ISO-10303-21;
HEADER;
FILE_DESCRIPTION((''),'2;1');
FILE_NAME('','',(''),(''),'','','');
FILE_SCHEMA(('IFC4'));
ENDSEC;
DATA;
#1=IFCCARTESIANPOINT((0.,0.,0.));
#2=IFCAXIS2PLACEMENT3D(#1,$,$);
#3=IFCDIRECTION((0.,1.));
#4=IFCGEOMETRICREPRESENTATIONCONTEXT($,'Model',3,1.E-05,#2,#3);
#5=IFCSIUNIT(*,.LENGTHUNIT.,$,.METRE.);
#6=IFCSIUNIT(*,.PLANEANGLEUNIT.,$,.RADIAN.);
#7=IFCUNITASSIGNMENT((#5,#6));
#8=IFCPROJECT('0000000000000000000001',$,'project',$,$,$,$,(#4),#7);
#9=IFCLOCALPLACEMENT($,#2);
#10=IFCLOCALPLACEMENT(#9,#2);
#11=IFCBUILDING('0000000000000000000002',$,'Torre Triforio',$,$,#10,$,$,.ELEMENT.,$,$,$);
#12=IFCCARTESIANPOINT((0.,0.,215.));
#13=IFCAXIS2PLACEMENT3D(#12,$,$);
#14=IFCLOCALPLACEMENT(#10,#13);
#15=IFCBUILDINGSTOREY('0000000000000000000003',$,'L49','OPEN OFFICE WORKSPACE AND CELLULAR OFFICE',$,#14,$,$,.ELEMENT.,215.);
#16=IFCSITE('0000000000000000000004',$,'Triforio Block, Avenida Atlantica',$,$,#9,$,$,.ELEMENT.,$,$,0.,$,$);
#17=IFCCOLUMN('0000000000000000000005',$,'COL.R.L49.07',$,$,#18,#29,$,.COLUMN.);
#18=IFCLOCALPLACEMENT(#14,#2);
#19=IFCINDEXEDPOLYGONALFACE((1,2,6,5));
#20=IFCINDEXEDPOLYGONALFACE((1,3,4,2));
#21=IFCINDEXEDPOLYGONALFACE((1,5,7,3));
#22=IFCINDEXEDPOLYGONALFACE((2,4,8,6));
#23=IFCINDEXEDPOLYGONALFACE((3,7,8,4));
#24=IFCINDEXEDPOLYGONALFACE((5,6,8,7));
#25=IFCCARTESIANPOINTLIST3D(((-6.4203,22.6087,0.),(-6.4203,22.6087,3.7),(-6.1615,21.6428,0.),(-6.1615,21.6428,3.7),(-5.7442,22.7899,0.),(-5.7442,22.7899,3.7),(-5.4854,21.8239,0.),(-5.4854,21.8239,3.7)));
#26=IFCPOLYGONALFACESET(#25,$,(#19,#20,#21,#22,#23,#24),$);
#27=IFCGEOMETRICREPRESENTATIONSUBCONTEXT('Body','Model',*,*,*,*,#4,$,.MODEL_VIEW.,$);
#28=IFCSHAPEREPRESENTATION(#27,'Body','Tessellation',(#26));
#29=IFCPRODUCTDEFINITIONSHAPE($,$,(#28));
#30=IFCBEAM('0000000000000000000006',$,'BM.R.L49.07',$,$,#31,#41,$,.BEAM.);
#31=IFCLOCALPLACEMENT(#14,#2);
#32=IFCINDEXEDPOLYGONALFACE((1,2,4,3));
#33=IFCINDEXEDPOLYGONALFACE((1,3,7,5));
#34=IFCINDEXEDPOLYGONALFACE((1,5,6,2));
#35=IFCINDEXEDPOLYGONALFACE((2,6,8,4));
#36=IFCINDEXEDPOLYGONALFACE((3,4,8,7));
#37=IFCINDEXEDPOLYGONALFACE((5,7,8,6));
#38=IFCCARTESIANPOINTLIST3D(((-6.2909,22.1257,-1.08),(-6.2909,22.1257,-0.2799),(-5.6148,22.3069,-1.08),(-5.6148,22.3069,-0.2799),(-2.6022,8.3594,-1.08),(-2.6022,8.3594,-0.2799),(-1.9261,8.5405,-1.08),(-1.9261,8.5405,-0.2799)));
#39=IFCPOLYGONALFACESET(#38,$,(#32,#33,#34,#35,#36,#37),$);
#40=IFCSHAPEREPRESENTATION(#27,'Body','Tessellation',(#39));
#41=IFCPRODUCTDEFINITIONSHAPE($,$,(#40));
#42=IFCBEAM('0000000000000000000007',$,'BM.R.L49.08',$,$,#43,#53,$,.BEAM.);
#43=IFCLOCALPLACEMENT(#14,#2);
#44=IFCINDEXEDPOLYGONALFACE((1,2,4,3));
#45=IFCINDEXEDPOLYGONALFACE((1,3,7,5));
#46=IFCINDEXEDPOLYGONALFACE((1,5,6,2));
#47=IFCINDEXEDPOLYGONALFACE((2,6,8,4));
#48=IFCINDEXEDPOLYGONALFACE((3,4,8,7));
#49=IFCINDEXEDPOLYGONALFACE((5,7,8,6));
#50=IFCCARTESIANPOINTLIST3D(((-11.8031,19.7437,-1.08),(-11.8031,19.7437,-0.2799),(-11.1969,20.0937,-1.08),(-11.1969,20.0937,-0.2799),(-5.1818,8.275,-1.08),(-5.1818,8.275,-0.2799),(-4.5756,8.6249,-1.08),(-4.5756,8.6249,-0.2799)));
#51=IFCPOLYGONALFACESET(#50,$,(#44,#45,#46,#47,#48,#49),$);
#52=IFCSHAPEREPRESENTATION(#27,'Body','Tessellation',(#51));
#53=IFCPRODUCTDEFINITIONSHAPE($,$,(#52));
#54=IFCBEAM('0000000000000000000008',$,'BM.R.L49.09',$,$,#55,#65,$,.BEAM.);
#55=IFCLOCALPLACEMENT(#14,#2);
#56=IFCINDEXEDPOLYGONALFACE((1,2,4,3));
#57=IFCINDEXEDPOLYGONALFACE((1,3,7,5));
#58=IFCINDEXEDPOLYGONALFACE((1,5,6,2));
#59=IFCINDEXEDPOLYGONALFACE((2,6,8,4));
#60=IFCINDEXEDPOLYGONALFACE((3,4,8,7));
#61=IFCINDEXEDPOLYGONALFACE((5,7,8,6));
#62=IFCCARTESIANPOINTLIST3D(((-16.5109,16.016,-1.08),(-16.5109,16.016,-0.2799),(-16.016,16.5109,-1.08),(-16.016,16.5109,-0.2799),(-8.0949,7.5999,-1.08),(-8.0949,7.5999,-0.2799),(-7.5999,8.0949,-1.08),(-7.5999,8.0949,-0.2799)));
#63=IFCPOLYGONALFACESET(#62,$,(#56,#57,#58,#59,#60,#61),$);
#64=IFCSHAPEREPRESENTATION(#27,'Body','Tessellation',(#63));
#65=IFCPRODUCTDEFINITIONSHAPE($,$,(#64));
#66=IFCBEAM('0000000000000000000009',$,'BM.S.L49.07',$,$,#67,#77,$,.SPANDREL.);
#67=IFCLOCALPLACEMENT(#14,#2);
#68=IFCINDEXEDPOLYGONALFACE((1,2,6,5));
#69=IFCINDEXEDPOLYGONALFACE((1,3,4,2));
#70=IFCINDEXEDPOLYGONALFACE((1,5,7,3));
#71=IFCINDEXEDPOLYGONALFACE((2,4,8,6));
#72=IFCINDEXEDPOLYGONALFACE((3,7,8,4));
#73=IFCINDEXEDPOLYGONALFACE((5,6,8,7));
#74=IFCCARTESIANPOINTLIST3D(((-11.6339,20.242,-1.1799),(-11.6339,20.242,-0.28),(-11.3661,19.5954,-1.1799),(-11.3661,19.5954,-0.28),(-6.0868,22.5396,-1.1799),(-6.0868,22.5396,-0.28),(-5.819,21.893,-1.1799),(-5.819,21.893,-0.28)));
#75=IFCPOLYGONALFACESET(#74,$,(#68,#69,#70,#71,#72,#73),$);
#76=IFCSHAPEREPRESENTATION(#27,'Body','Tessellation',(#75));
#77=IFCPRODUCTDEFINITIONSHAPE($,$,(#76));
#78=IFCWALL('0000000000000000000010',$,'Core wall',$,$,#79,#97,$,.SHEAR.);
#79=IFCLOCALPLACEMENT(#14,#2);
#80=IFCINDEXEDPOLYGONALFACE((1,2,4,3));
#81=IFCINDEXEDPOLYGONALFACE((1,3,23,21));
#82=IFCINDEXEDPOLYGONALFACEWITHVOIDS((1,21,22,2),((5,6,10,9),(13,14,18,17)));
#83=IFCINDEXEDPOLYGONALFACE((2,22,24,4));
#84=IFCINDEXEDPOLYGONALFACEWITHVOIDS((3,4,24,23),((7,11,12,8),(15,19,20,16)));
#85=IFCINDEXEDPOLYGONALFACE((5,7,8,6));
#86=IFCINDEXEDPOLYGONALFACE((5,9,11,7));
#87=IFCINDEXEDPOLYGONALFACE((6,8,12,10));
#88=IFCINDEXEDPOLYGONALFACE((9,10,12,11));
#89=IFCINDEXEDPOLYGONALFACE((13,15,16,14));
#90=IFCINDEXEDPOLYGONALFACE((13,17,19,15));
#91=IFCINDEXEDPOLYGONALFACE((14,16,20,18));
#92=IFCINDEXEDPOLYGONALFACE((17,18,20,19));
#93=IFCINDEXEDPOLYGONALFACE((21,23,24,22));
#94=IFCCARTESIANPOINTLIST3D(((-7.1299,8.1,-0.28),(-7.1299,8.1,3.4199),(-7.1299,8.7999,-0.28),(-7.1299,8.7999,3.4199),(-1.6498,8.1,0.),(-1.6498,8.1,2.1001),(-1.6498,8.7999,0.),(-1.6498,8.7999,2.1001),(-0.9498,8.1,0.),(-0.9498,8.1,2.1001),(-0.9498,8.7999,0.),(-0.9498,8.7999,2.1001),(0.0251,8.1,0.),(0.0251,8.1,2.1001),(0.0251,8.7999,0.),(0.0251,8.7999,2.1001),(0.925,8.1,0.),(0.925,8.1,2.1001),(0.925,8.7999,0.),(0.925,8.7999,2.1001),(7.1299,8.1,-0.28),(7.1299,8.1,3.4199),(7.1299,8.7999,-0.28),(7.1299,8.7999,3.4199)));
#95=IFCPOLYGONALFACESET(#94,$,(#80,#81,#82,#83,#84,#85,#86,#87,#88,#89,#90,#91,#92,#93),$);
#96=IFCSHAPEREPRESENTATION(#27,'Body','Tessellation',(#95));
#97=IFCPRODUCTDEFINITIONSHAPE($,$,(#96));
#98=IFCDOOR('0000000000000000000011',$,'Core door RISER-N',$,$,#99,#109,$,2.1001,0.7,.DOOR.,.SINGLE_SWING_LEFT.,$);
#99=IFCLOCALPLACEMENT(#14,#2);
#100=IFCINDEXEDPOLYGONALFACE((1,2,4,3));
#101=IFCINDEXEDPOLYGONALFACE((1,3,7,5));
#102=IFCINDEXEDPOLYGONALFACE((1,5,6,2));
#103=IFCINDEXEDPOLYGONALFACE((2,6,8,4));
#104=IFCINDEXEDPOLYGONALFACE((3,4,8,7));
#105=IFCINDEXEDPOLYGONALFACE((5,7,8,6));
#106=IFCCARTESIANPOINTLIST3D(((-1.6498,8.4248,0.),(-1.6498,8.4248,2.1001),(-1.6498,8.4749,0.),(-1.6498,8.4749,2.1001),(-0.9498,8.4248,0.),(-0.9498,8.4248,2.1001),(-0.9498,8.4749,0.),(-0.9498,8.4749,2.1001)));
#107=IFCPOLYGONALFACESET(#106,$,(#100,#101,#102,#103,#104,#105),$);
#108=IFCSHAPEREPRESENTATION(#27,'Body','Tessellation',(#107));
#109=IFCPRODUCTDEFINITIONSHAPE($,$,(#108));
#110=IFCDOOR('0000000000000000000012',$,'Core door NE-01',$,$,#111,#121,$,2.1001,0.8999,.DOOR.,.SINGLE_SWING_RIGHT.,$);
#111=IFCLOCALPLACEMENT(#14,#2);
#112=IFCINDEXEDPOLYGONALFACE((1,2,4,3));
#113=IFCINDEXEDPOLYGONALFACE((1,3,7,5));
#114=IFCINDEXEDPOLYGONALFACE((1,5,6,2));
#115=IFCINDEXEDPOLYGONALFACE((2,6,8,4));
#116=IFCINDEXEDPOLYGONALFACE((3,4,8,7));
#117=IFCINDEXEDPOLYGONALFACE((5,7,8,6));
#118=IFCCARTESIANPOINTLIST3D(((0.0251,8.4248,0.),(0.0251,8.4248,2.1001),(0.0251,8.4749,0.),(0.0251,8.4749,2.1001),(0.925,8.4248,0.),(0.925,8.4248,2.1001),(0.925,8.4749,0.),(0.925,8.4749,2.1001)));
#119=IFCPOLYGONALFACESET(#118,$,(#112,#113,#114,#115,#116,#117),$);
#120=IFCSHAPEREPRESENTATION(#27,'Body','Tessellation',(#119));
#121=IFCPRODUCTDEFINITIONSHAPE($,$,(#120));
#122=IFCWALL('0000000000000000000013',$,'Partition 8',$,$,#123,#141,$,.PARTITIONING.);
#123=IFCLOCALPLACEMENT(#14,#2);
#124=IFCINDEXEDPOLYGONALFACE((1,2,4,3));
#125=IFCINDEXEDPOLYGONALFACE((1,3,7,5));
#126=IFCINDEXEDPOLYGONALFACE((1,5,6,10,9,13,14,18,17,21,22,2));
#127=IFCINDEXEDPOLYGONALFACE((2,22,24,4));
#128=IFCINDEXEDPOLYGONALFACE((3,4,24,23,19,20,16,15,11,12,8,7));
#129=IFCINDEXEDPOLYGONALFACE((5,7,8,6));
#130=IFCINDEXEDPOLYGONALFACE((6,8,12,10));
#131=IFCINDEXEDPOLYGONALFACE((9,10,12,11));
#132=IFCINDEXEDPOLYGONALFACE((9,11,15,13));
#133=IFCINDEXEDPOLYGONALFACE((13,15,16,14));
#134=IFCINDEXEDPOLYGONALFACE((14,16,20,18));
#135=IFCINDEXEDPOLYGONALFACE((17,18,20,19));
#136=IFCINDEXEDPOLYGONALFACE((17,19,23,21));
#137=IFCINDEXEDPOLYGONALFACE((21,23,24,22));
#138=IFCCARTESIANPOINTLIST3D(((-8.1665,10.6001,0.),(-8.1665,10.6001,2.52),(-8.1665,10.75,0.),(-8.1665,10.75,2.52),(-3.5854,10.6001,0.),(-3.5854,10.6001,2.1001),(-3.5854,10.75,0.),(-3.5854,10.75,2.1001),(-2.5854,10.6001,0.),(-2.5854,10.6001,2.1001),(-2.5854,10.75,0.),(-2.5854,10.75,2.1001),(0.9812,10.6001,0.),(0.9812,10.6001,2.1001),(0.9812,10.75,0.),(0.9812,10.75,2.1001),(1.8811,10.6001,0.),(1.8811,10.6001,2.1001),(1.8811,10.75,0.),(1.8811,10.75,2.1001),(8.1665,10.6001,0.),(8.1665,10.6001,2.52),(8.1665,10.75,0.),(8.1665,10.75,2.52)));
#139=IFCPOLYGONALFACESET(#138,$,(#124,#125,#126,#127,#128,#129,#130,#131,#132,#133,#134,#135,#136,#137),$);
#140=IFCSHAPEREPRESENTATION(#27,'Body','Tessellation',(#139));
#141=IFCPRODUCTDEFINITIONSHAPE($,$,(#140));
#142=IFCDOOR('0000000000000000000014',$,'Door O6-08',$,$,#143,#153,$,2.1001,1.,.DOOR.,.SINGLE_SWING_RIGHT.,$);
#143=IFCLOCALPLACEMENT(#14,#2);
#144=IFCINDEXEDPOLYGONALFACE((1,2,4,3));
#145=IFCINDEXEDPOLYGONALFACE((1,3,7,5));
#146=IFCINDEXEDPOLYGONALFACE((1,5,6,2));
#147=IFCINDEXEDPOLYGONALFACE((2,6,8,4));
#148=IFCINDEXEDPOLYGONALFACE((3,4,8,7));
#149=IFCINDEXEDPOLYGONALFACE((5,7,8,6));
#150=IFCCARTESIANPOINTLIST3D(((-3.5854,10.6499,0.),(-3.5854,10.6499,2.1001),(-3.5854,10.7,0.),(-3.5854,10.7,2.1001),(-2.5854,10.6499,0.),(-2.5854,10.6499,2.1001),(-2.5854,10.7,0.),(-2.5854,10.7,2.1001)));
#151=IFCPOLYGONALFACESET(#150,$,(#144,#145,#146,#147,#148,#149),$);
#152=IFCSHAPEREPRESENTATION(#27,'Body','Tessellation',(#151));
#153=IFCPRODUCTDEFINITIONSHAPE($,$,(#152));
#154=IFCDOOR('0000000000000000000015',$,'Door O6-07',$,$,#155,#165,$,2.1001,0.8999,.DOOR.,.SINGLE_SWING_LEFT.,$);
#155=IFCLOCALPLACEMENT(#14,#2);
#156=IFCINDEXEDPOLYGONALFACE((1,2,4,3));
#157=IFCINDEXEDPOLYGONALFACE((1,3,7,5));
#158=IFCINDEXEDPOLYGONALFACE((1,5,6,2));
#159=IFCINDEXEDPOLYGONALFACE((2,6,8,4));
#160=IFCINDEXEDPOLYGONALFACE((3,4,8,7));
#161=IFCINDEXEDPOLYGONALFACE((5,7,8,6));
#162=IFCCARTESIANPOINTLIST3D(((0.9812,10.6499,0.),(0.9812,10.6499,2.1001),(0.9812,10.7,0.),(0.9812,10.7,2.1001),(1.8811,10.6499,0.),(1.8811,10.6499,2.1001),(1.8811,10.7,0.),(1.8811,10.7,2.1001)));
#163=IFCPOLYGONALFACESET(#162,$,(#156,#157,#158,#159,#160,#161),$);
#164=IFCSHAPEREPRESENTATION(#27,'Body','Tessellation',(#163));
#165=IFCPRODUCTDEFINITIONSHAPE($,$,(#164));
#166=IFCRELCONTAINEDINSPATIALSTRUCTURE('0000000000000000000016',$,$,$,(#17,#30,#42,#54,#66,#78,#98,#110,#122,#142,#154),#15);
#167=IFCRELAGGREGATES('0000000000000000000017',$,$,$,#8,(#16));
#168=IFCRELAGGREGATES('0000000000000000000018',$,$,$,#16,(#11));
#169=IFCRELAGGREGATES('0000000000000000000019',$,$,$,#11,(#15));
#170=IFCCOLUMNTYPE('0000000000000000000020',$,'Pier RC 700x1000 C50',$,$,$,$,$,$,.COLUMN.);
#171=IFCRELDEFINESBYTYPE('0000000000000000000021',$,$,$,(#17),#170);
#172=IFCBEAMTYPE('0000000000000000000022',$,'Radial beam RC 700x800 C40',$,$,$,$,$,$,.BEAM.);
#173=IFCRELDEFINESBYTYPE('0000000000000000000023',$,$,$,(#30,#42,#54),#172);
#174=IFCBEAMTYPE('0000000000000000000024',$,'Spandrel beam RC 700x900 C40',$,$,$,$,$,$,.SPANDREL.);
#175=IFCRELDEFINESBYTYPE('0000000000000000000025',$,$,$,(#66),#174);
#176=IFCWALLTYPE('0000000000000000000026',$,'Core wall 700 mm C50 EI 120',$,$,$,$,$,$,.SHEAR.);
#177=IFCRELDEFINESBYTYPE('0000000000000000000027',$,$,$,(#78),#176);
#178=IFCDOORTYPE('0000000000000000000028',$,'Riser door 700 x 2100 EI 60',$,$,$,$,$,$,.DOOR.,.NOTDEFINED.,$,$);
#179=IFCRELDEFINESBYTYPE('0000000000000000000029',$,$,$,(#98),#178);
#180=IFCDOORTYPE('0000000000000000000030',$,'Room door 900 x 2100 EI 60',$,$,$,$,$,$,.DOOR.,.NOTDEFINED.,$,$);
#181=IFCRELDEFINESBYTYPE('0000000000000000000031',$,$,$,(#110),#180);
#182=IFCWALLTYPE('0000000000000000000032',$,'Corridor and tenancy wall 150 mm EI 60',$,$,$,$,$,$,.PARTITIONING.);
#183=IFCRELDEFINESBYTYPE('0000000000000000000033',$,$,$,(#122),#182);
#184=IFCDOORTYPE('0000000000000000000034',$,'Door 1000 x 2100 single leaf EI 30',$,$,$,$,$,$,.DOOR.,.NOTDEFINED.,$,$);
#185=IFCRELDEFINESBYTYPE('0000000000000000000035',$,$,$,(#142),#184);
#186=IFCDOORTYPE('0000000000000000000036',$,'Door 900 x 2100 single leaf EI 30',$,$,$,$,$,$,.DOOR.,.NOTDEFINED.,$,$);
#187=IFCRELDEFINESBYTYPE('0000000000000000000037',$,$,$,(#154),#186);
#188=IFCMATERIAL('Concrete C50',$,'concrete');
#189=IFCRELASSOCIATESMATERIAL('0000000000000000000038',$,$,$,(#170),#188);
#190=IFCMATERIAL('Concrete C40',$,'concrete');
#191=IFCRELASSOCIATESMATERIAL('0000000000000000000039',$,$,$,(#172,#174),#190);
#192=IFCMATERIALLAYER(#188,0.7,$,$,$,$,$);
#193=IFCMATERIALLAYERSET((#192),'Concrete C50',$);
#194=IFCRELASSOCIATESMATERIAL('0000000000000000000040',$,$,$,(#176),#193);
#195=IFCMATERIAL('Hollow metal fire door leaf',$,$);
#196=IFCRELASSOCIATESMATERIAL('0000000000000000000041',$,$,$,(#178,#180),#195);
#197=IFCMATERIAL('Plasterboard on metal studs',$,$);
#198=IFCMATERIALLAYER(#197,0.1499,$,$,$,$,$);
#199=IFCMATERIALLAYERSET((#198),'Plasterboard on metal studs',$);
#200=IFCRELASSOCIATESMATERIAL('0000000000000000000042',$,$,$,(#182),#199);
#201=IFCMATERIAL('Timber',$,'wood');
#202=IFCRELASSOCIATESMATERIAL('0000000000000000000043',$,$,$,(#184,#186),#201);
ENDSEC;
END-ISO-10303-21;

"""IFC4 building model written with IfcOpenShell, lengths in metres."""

from ifc_helpers import new_model, si_unit, direction, frame, frame_2d, origin, origin_2d, place, context, subcontext, project, spatial, rectangle, extrude, material, layer, layer_set, material_profile, profile_set, type_object, element, fill, save


model = new_model("IFC4")

# Units and contexts
model_context = context("Model", 3, precision=1e-05, world=origin(), true_north=direction((0.0, 1.0)))
body_context = subcontext(model_context, "Body", "Model", "MODEL_VIEW")
ifc_project = project(units=[si_unit("LENGTHUNIT", "METRE"), si_unit("PLANEANGLEUNIT", "RADIAN")], contexts=[model_context])

# Site, building, storey
site_placement = place(None, origin())
site = spatial("IfcSite", under=ifc_project, at=site_placement, Name="Triforio Block, Avenida Atlantica", CompositionType="ELEMENT", RefElevation=0.0)
building_placement = place(site_placement, origin())
building = spatial("IfcBuilding", under=site, at=building_placement, Name="Torre Triforio", CompositionType="ELEMENT")
storey_placement = place(building_placement, frame((0.0, 0.0, 215.0)))
storey = spatial("IfcBuildingStorey", under=building, at=storey_placement, Name="L49", Description="OPEN OFFICE WORKSPACE AND CELLULAR OFFICE", CompositionType="ELEMENT", Elevation=215.0)

# Column
ifc_material_1 = material(Name="Concrete C50", Category="concrete")
ifc_material_profile_1 = material_profile(ifc_material_1, rectangle(XDim=0.7, YDim=1.0, at=origin_2d()), Name="RC 700x1000")
ifc_profile_set_1 = profile_set([ifc_material_profile_1], Name="Concrete C50")
column_type = type_object("IfcColumnType", Name="Pier RC 700x1000 C50", PredefinedType="COLUMN", material=ifc_profile_set_1)
column_placement = place(storey_placement, frame((-5.9529, 22.2163, 0.0), z_axis=(0.0, 0.0, 1.0), x_axis=(-0.965926, -0.258819, 0.0)))
element("IfcColumn", 1, at=column_placement, inside=storey, type_object=column_type, Name="COL.R.L49.07", PredefinedType="COLUMN", context=body_context, shape_type="SweptSolid", body=[
    extrude(rectangle(XDim=0.7, YDim=1.0, at=origin_2d()), origin(), (0.0, 0.0, 1.0), 3.7),
])

# Beams
ifc_material_2 = material(Name="Concrete C40", Category="concrete")
ifc_material_profile_2 = material_profile(ifc_material_2, rectangle(XDim=0.7, YDim=0.8, at=origin_2d()), Name="RC 700x800")
ifc_profile_set_2 = profile_set([ifc_material_profile_2], Name="Concrete C40")
beam_type_1 = type_object("IfcBeamType", Name="Radial beam RC 700x800 C40", PredefinedType="BEAM", material=ifc_profile_set_2)
beam_1_placement = place(storey_placement, frame((-2.2642, 8.45, -0.6799), z_axis=(-0.258821, 0.965925, 0.0), x_axis=(-0.965925, -0.258821, 0.0)))
element("IfcBeam", 2, at=beam_1_placement, inside=storey, type_object=beam_type_1, Name="BM.R.L49.07", PredefinedType="BEAM", context=body_context, shape_type="SweptSolid", body=[
    extrude(rectangle(XDim=0.7, YDim=0.8, at=origin_2d()), origin(), (0.0, 0.0, 1.0), 14.252),
])
beam_2_placement = place(storey_placement, frame((-4.8787, 8.45, -0.6799), z_axis=(-0.499992, 0.86603, 0.0), x_axis=(-0.86603, -0.499992, 0.0)))
element("IfcBeam", 3, at=beam_2_placement, inside=storey, type_object=beam_type_1, Name="BM.R.L49.08", PredefinedType="BEAM", context=body_context, shape_type="SweptSolid", body=[
    extrude(rectangle(XDim=0.7, YDim=0.8, at=origin_2d()), origin(), (0.0, 0.0, 1.0), 13.2429),
])
beam_3_placement = place(storey_placement, frame((-7.8474, 7.8474, -0.6799), z_axis=(-0.707107, 0.707107, 0.0), x_axis=(-0.707107, -0.707107, 0.0)))
element("IfcBeam", 4, at=beam_3_placement, inside=storey, type_object=beam_type_1, Name="BM.R.L49.09", PredefinedType="BEAM", context=body_context, shape_type="SweptSolid", body=[
    extrude(rectangle(XDim=0.7, YDim=0.8, at=origin_2d()), origin(), (0.0, 0.0, 1.0), 11.9021),
])
ifc_material_profile_3 = material_profile(ifc_material_2, rectangle(XDim=0.7, YDim=0.8999, at=origin_2d()), Name="RC 700x900")
ifc_profile_set_3 = profile_set([ifc_material_profile_3], Name="Concrete C40")
beam_type_2 = type_object("IfcBeamType", Name="Spandrel beam RC 700x900 C40", PredefinedType="SPANDREL", material=ifc_profile_set_3)
beam_4_placement = place(storey_placement, frame((-5.9529, 22.2163, -0.73), z_axis=(-0.923885, -0.382671, 0.0), x_axis=(0.382671, -0.923885, 0.0)))
element("IfcBeam", 5, at=beam_4_placement, inside=storey, type_object=beam_type_2, Name="BM.S.L49.07", PredefinedType="SPANDREL", context=body_context, shape_type="SweptSolid", body=[
    extrude(rectangle(XDim=0.7, YDim=0.8999, at=origin_2d()), origin(), (0.0, 0.0, 1.0), 6.0042),
])

# Walls, openings, doors
ifc_layer_1 = layer(ifc_material_1, 0.7)
ifc_layer_set_1 = layer_set([ifc_layer_1], Name="Concrete C50")
wall_type_1 = type_object("IfcWallType", Name="Core wall 700 mm C50 EI 120", PredefinedType="SHEAR", material=ifc_layer_set_1)
wall_1_placement = place(storey_placement, frame((-7.1299, 8.45, -0.28), z_axis=(0.0, 0.0, 1.0), x_axis=(1.0, 0.0, 0.0)))
wall_1 = element("IfcWall", 6, at=wall_1_placement, inside=storey, type_object=wall_type_1, Name="Core wall", PredefinedType="SHEAR", context=body_context, shape_type="SweptSolid", body=[
    extrude(rectangle(XDim=14.2598, YDim=0.7, at=frame_2d((7.1299, 0.0))), origin(), (0.0, 0.0, 1.0), 3.7),
])
opening_1_placement = place(wall_1_placement, frame((5.48, 0.0, 0.28)))
opening_1 = element("IfcOpeningElement", 7, at=opening_1_placement, cuts=wall_1, PredefinedType="OPENING", context=body_context, shape_type="SweptSolid", body=[
    extrude(rectangle(XDim=0.7, YDim=2.1001, at=frame_2d((0.3501, 1.05))), frame((0.0, 0.3599, 0.0), z_axis=(0.0, -1.0, 0.0), x_axis=(1.0, 0.0, 0.0)), (0.0, 0.0, 1.0), 0.72),
])
opening_2_placement = place(wall_1_placement, frame((7.155, 0.0, 0.28)))
opening_2 = element("IfcOpeningElement", 8, at=opening_2_placement, cuts=wall_1, PredefinedType="OPENING", context=body_context, shape_type="SweptSolid", body=[
    extrude(rectangle(XDim=0.8999, YDim=2.1001, at=frame_2d((0.45, 1.05))), frame((0.0, 0.3599, 0.0), z_axis=(0.0, -1.0, 0.0), x_axis=(1.0, 0.0, 0.0)), (0.0, 0.0, 1.0), 0.72),
])
ifc_material_3 = material(Name="Hollow metal fire door leaf")
door_type_1 = type_object("IfcDoorType", Name="Riser door 700 x 2100 EI 60", OperationType="NOTDEFINED", PredefinedType="DOOR", material=ifc_material_3)
door_1_placement = place(opening_1_placement, origin())
door_1 = element("IfcDoor", 9, at=door_1_placement, inside=storey, type_object=door_type_1, Name="Core door RISER-N", OperationType="SINGLE_SWING_LEFT", OverallHeight=2.1001, OverallWidth=0.7, PredefinedType="DOOR", context=body_context, shape_type="SweptSolid", body=[
    extrude(rectangle(XDim=0.7, YDim=2.1001, at=frame_2d((0.3501, 1.05))), frame((0.0, 0.0249, 0.0), z_axis=(0.0, -1.0, 0.0), x_axis=(1.0, 0.0, 0.0)), (0.0, 0.0, 1.0), 0.05),
])
fill(opening_1, door_1)
door_type_2 = type_object("IfcDoorType", Name="Room door 900 x 2100 EI 60", OperationType="NOTDEFINED", PredefinedType="DOOR", material=ifc_material_3)
door_2_placement = place(opening_2_placement, origin())
door_2 = element("IfcDoor", 10, at=door_2_placement, inside=storey, type_object=door_type_2, Name="Core door NE-01", OperationType="SINGLE_SWING_RIGHT", OverallHeight=2.1001, OverallWidth=0.8999, PredefinedType="DOOR", context=body_context, shape_type="SweptSolid", body=[
    extrude(rectangle(XDim=0.8999, YDim=2.1001, at=frame_2d((0.45, 1.05))), frame((0.0, 0.0249, 0.0), z_axis=(0.0, -1.0, 0.0), x_axis=(1.0, 0.0, 0.0)), (0.0, 0.0, 1.0), 0.05),
])
fill(opening_2, door_2)
ifc_material_4 = material(Name="Plasterboard on metal studs")
ifc_layer_2 = layer(ifc_material_4, 0.1499)
ifc_layer_set_2 = layer_set([ifc_layer_2], Name="Plasterboard on metal studs")
wall_type_2 = type_object("IfcWallType", Name="Corridor and tenancy wall 150 mm EI 60", PredefinedType="PARTITIONING", material=ifc_layer_set_2)
wall_2_placement = place(storey_placement, frame((-8.1665, 10.675, 0.0), z_axis=(0.0, 0.0, 1.0), x_axis=(1.0, 0.0, 0.0)))
wall_2 = element("IfcWall", 11, at=wall_2_placement, inside=storey, type_object=wall_type_2, Name="Partition 8", PredefinedType="PARTITIONING", context=body_context, shape_type="SweptSolid", body=[
    extrude(rectangle(XDim=16.333, YDim=0.1499, at=frame_2d((8.1665, 0.0))), origin(), (0.0, 0.0, 1.0), 2.52),
])
opening_3_placement = place(wall_2_placement, frame((9.1477, 0.0, 0.0)))
opening_3 = element("IfcOpeningElement", 12, at=opening_3_placement, cuts=wall_2, PredefinedType="OPENING", context=body_context, shape_type="SweptSolid", body=[
    extrude(rectangle(XDim=0.8999, YDim=2.1001, at=frame_2d((0.45, 1.05))), frame((0.0, 0.085, 0.0), z_axis=(0.0, -1.0, 0.0), x_axis=(1.0, 0.0, 0.0)), (0.0, 0.0, 1.0), 0.1699),
])
opening_4_placement = place(wall_2_placement, frame((4.5811, 0.0, 0.0)))
opening_4 = element("IfcOpeningElement", 13, at=opening_4_placement, cuts=wall_2, PredefinedType="OPENING", context=body_context, shape_type="SweptSolid", body=[
    extrude(rectangle(XDim=1.0, YDim=2.1001, at=frame_2d((0.5, 1.05))), frame((0.0, 0.085, 0.0), z_axis=(0.0, -1.0, 0.0), x_axis=(1.0, 0.0, 0.0)), (0.0, 0.0, 1.0), 0.1699),
])
ifc_material_5 = material(Name="Timber", Category="wood")
door_type_3 = type_object("IfcDoorType", Name="Door 1000 x 2100 single leaf EI 30", OperationType="NOTDEFINED", PredefinedType="DOOR", material=ifc_material_5)
door_3_placement = place(opening_4_placement, origin())
door_3 = element("IfcDoor", 14, at=door_3_placement, inside=storey, type_object=door_type_3, Name="Door O6-08", OperationType="SINGLE_SWING_RIGHT", OverallHeight=2.1001, OverallWidth=1.0, PredefinedType="DOOR", context=body_context, shape_type="SweptSolid", body=[
    extrude(rectangle(XDim=1.0, YDim=2.1001, at=frame_2d((0.5, 1.05))), frame((0.0, 0.0249, 0.0), z_axis=(0.0, -1.0, 0.0), x_axis=(1.0, 0.0, 0.0)), (0.0, 0.0, 1.0), 0.05),
])
fill(opening_4, door_3)
door_type_4 = type_object("IfcDoorType", Name="Door 900 x 2100 single leaf EI 30", OperationType="NOTDEFINED", PredefinedType="DOOR", material=ifc_material_5)
door_4_placement = place(opening_3_placement, origin())
door_4 = element("IfcDoor", 15, at=door_4_placement, inside=storey, type_object=door_type_4, Name="Door O6-07", OperationType="SINGLE_SWING_LEFT", OverallHeight=2.1001, OverallWidth=0.8999, PredefinedType="DOOR", context=body_context, shape_type="SweptSolid", body=[
    extrude(rectangle(XDim=0.8999, YDim=2.1001, at=frame_2d((0.45, 1.05))), frame((0.0, 0.0249, 0.0), z_axis=(0.0, -1.0, 0.0), x_axis=(1.0, 0.0, 0.0)), (0.0, 0.0, 1.0), 0.05),
])
fill(opening_3, door_4)

save(model, "model.ifc")
